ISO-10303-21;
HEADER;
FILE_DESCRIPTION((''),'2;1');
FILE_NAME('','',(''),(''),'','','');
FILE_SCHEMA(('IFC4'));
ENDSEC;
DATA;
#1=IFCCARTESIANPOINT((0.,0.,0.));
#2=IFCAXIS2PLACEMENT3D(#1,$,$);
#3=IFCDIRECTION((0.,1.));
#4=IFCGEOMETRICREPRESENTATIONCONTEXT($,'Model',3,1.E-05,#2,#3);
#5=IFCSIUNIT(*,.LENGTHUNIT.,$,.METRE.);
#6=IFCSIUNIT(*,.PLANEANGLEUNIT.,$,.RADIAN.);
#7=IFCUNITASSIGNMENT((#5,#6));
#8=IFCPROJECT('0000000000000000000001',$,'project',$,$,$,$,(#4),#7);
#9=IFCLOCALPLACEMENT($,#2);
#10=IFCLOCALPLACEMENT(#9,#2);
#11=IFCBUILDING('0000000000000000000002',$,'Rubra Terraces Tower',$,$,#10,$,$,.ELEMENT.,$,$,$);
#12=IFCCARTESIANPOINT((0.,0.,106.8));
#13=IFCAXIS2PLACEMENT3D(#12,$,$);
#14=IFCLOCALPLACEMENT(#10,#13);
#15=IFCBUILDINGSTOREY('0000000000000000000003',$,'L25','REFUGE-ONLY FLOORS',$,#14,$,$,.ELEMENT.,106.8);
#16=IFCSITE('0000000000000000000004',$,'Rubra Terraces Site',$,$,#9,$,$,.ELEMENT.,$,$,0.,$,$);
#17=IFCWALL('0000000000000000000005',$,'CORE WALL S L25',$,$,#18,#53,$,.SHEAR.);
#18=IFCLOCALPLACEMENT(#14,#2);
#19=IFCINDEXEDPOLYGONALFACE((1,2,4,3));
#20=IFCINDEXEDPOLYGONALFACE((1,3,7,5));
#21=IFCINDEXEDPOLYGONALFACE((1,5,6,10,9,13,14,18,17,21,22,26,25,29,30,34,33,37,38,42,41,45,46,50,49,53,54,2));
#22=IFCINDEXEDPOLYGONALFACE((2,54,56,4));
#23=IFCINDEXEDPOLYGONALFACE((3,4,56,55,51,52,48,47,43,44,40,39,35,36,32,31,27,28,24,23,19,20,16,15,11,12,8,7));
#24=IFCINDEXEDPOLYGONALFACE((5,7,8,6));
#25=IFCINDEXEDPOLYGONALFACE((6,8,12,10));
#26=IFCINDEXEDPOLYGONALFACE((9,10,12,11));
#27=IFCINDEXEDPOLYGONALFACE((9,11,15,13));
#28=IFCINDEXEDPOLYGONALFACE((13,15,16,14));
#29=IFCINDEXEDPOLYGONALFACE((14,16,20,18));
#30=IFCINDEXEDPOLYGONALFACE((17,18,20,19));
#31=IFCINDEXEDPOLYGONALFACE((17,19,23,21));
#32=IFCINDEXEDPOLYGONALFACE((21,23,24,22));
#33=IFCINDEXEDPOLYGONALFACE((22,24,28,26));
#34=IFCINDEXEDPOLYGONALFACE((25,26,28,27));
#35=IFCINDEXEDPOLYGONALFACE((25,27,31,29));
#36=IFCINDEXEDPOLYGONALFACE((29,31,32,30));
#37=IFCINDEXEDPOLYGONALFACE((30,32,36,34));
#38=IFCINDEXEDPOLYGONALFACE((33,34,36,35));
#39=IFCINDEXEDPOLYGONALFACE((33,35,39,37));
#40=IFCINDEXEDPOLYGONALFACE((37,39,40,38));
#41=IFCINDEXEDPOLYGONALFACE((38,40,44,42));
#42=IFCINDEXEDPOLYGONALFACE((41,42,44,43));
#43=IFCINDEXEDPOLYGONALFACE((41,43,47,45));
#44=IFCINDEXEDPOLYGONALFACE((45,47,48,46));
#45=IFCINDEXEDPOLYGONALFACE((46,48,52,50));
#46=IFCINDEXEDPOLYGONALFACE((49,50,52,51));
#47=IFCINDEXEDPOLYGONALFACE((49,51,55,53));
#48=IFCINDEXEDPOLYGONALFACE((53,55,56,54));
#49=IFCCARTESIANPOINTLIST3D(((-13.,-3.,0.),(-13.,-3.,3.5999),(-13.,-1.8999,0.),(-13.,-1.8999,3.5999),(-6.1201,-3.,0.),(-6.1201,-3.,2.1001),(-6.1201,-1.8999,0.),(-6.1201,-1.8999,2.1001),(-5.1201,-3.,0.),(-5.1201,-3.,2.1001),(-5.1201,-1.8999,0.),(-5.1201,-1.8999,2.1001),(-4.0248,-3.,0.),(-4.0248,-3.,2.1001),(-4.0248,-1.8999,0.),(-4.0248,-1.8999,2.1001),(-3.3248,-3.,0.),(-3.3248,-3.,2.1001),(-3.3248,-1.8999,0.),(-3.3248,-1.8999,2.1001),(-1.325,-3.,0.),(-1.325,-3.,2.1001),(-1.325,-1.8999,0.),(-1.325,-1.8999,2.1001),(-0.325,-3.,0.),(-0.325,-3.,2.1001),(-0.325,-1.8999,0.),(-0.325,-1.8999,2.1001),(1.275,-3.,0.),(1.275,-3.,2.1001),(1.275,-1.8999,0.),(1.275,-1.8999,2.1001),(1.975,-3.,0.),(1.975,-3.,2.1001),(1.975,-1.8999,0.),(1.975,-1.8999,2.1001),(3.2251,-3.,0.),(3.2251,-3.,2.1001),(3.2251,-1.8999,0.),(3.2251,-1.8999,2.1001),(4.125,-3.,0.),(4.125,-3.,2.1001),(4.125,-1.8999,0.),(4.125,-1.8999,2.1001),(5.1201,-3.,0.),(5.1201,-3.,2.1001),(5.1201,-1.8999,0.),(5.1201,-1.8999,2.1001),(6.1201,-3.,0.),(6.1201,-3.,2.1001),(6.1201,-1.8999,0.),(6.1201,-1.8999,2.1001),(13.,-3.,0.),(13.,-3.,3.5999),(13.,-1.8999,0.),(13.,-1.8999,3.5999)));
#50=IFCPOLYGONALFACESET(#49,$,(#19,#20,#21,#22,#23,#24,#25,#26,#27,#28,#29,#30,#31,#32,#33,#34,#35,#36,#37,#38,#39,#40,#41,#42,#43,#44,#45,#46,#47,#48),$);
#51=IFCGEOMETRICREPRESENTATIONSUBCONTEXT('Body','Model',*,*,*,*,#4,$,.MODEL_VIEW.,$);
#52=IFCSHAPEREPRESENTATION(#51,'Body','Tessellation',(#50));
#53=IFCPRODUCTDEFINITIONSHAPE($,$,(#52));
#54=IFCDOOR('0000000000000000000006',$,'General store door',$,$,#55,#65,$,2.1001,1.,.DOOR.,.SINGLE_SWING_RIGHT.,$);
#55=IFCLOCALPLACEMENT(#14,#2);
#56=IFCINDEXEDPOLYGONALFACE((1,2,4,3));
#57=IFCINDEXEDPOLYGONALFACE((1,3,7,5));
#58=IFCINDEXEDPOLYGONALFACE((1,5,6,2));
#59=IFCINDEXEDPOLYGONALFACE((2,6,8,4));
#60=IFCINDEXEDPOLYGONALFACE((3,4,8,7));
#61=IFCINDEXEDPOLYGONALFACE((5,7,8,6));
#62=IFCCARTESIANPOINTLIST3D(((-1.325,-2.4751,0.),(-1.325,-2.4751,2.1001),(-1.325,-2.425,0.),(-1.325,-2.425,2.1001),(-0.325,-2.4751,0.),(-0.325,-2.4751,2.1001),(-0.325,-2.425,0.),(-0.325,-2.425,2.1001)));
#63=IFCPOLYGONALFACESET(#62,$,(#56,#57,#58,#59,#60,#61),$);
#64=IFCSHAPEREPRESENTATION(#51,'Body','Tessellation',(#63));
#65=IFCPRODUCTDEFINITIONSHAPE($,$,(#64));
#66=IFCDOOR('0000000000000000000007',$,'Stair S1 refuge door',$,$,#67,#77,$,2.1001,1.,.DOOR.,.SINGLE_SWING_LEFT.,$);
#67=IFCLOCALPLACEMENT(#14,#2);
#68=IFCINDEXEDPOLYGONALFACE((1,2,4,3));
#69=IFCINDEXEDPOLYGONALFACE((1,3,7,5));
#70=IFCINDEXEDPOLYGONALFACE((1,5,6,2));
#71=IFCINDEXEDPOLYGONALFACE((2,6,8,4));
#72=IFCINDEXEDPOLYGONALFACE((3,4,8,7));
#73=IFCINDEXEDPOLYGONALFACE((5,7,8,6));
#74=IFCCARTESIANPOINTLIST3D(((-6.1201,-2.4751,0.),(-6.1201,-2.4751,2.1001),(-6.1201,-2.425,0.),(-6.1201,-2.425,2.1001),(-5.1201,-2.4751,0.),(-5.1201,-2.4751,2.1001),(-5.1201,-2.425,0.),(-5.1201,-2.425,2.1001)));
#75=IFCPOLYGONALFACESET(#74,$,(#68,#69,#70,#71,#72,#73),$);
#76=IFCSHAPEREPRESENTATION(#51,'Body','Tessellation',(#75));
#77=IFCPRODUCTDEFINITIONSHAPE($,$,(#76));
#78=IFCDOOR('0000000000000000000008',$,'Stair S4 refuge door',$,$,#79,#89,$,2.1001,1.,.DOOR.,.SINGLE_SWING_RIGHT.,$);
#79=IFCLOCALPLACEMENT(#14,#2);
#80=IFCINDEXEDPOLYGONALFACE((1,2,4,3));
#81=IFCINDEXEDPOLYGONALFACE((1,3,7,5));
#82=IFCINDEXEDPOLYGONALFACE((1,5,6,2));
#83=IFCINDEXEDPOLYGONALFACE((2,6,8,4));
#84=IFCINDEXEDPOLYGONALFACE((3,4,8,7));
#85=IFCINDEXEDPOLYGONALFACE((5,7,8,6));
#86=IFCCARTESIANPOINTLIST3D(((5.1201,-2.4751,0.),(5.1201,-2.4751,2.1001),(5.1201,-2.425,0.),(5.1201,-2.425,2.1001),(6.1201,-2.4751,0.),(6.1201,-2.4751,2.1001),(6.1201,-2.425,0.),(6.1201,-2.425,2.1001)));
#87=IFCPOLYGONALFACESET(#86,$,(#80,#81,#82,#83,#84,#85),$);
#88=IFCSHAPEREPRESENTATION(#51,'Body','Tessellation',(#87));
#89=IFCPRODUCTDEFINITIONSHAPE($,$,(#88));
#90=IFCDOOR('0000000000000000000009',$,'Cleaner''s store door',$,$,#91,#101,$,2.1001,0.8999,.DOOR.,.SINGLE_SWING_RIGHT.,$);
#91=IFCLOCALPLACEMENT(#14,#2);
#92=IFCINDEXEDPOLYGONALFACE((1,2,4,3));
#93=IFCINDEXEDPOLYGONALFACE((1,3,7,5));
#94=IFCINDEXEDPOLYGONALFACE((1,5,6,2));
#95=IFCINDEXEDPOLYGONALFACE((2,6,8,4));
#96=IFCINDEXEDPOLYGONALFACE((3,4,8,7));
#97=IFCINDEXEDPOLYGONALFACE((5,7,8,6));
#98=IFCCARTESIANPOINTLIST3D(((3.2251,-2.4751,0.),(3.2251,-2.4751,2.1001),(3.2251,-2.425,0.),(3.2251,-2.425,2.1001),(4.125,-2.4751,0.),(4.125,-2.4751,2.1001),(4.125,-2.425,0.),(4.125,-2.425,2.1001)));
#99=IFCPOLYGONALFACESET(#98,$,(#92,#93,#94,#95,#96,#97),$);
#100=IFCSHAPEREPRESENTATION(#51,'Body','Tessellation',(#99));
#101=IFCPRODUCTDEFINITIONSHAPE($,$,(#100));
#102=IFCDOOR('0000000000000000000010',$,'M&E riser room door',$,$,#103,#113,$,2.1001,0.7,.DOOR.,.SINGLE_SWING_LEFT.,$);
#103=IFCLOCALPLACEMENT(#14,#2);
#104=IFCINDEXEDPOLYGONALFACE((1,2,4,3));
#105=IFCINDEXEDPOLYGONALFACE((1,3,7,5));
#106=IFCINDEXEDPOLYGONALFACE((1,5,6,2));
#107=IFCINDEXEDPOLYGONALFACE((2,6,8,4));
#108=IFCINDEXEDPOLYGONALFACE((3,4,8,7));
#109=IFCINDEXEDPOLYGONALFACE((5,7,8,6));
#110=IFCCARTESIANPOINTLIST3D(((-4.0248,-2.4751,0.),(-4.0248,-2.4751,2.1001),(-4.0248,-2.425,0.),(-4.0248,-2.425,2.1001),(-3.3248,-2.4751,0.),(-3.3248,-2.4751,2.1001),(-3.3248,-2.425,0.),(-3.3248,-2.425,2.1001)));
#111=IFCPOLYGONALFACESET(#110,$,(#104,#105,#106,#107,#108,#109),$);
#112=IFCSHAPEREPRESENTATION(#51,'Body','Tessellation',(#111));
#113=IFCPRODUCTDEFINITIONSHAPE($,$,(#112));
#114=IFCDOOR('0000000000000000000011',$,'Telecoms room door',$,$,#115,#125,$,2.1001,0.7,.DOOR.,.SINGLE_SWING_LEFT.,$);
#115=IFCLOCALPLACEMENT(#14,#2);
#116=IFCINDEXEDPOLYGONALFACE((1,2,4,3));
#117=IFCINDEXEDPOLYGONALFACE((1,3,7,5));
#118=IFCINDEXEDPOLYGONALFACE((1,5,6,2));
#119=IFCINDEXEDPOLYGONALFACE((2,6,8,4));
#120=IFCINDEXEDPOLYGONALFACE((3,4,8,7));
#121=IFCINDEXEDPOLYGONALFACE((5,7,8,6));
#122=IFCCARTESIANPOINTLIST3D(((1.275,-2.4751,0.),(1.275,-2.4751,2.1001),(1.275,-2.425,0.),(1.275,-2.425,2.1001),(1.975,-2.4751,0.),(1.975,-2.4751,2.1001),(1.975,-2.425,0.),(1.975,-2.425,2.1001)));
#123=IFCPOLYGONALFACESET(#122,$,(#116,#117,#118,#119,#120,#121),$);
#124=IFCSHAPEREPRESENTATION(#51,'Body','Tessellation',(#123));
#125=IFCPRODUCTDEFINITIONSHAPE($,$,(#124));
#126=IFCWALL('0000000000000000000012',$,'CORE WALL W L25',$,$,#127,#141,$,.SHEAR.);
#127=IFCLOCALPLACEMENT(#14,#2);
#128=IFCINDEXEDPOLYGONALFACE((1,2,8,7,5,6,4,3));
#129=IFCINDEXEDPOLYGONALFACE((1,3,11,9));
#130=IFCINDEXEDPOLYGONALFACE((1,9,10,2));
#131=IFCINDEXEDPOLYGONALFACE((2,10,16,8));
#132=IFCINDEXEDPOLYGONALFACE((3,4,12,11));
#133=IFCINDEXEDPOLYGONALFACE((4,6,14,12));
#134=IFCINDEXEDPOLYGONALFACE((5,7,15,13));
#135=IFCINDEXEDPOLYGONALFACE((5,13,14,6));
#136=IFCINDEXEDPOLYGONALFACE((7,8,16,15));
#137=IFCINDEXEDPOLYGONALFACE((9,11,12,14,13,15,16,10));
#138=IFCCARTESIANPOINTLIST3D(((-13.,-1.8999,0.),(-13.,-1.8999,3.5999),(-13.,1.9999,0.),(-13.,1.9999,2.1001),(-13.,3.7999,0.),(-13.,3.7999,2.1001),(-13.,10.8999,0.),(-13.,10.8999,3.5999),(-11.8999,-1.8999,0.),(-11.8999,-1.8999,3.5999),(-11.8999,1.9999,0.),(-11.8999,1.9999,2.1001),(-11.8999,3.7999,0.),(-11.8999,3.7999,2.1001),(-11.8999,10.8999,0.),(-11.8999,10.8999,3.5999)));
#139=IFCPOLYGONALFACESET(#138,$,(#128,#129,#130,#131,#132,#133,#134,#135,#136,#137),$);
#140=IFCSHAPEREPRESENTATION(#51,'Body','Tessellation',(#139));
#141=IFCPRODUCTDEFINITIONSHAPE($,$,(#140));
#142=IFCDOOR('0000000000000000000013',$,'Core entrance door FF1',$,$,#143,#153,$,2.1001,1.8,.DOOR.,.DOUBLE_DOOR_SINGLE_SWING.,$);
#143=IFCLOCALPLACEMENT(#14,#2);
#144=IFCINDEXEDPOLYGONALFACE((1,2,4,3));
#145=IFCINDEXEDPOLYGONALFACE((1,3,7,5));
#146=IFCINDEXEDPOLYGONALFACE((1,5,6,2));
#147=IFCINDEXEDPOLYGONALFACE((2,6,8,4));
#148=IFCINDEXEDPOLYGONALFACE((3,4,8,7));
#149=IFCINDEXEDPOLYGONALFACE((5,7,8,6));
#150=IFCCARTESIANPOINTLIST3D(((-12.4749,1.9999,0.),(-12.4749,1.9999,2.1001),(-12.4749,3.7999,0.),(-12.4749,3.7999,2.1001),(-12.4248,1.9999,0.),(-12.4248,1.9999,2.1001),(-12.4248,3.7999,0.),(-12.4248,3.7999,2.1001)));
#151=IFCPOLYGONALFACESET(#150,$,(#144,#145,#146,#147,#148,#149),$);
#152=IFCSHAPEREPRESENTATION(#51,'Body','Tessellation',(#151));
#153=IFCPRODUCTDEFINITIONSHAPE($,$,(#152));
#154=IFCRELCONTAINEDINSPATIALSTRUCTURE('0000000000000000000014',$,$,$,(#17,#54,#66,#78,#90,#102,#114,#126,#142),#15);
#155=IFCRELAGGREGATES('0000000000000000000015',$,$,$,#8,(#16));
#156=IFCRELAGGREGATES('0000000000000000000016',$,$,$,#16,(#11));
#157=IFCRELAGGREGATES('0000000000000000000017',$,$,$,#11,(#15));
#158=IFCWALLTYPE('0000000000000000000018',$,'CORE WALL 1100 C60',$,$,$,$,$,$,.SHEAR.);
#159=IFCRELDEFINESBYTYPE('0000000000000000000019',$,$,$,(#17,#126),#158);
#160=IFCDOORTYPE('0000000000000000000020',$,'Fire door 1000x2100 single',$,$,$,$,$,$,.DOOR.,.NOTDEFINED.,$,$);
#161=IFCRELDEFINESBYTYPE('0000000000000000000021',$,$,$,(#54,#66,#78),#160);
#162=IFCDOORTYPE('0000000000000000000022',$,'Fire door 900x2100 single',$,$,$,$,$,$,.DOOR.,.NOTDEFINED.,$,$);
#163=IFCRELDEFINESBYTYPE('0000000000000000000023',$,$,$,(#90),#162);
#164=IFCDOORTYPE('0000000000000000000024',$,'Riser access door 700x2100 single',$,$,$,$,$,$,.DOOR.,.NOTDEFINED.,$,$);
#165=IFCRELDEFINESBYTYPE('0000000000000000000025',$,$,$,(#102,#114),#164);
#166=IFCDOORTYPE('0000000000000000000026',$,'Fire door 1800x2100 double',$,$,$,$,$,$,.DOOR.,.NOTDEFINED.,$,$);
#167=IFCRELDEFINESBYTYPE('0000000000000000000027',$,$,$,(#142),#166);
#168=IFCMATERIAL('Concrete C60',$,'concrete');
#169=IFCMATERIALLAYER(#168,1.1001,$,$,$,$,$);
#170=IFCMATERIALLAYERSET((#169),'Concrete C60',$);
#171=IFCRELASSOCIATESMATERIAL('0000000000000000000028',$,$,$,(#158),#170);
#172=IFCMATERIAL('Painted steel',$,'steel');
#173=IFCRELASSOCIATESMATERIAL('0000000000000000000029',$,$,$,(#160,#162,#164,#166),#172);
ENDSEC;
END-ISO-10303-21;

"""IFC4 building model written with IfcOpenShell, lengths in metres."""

from ifc_helpers import new_model, si_unit, direction, frame, frame_2d, origin, place, context, subcontext, project, spatial, rectangle, extrude, material, layer, layer_set, type_object, element, fill, save


model = new_model("IFC4")

# Units and contexts
model_context = context("Model", 3, precision=1e-05, world=origin(), true_north=direction((0.0, 1.0)))
body_context = subcontext(model_context, "Body", "Model", "MODEL_VIEW")
ifc_project = project(units=[si_unit("LENGTHUNIT", "METRE"), si_unit("PLANEANGLEUNIT", "RADIAN")], contexts=[model_context])

# Site, building, storey
site_placement = place(None, origin())
site = spatial("IfcSite", under=ifc_project, at=site_placement, Name="Rubra Terraces Site", CompositionType="ELEMENT", RefElevation=0.0)
building_placement = place(site_placement, origin())
building = spatial("IfcBuilding", under=site, at=building_placement, Name="Rubra Terraces Tower", CompositionType="ELEMENT")
storey_placement = place(building_placement, frame((0.0, 0.0, 106.8)))
storey = spatial("IfcBuildingStorey", under=building, at=storey_placement, Name="L25", Description="REFUGE-ONLY FLOORS", CompositionType="ELEMENT", Elevation=106.8)

# Wall, openings, doors
ifc_material_1 = material(Name="Concrete C60", Category="concrete")
ifc_layer_1 = layer(ifc_material_1, 1.1001)
ifc_layer_set_1 = layer_set([ifc_layer_1], Name="Concrete C60")
wall_type_1 = type_object("IfcWallType", Name="CORE WALL 1100 C60", PredefinedType="SHEAR", material=ifc_layer_set_1)
wall_1_placement = place(storey_placement, frame((-13.0, -2.45, 0.0), z_axis=(0.0, 0.0, 1.0), x_axis=(1.0, 0.0, 0.0)))
wall_1 = element("IfcWall", 1, at=wall_1_placement, inside=storey, type_object=wall_type_1, Name="CORE WALL S L25", PredefinedType="SHEAR", context=body_context, shape_type="SweptSolid", body=[
    extrude(rectangle(XDim=26.0, YDim=1.1001, at=frame_2d((13.0, 0.0))), origin(), (0.0, 0.0, 1.0), 3.5999),
])
opening_1_placement = place(wall_1_placement, frame((8.9751, 0.0, 0.0)))
opening_1 = element("IfcOpeningElement", 2, at=opening_1_placement, cuts=wall_1, PredefinedType="OPENING", context=body_context, shape_type="SweptSolid", body=[
    extrude(rectangle(XDim=0.7, YDim=2.1001, at=frame_2d((0.3501, 1.05))), frame((0.0, 0.5601, 0.0), z_axis=(0.0, -1.0, 0.0), x_axis=(1.0, 0.0, 0.0)), (0.0, 0.0, 1.0), 1.1201),
])
opening_2_placement = place(wall_1_placement, frame((11.675, 0.0, 0.0)))
opening_2 = element("IfcOpeningElement", 3, at=opening_2_placement, cuts=wall_1, PredefinedType="OPENING", context=body_context, shape_type="SweptSolid", body=[
    extrude(rectangle(XDim=1.0, YDim=2.1001, at=frame_2d((0.5, 1.05))), frame((0.0, 0.5601, 0.0), z_axis=(0.0, -1.0, 0.0), x_axis=(1.0, 0.0, 0.0)), (0.0, 0.0, 1.0), 1.1201),
])
opening_3_placement = place(wall_1_placement, frame((14.2749, 0.0, 0.0)))
opening_3 = element("IfcOpeningElement", 4, at=opening_3_placement, cuts=wall_1, PredefinedType="OPENING", context=body_context, shape_type="SweptSolid", body=[
    extrude(rectangle(XDim=0.7, YDim=2.1001, at=frame_2d((0.3501, 1.05))), frame((0.0, 0.5601, 0.0), z_axis=(0.0, -1.0, 0.0), x_axis=(1.0, 0.0, 0.0)), (0.0, 0.0, 1.0), 1.1201),
])
opening_4_placement = place(wall_1_placement, frame((16.2251, 0.0, 0.0)))
opening_4 = element("IfcOpeningElement", 5, at=opening_4_placement, cuts=wall_1, PredefinedType="OPENING", context=body_context, shape_type="SweptSolid", body=[
    extrude(rectangle(XDim=0.8999, YDim=2.1001, at=frame_2d((0.45, 1.05))), frame((0.0, 0.5601, 0.0), z_axis=(0.0, -1.0, 0.0), x_axis=(1.0, 0.0, 0.0)), (0.0, 0.0, 1.0), 1.1201),
])
opening_5_placement = place(wall_1_placement, frame((6.8799, 0.0, 0.0)))
opening_5 = element("IfcOpeningElement", 6, at=opening_5_placement, cuts=wall_1, PredefinedType="OPENING", context=body_context, shape_type="SweptSolid", body=[
    extrude(rectangle(XDim=1.0, YDim=2.1001, at=frame_2d((0.5, 1.05))), frame((0.0, 0.5601, 0.0), z_axis=(0.0, -1.0, 0.0), x_axis=(1.0, 0.0, 0.0)), (0.0, 0.0, 1.0), 1.1201),
])
opening_6_placement = place(wall_1_placement, frame((18.1201, 0.0, 0.0)))
opening_6 = element("IfcOpeningElement", 7, at=opening_6_placement, cuts=wall_1, PredefinedType="OPENING", context=body_context, shape_type="SweptSolid", body=[
    extrude(rectangle(XDim=1.0, YDim=2.1001, at=frame_2d((0.5, 1.05))), frame((0.0, 0.5601, 0.0), z_axis=(0.0, -1.0, 0.0), x_axis=(1.0, 0.0, 0.0)), (0.0, 0.0, 1.0), 1.1201),
])
ifc_material_2 = material(Name="Painted steel", Category="steel")
door_type_1 = type_object("IfcDoorType", Name="Fire door 1000x2100 single", OperationType="NOTDEFINED", PredefinedType="DOOR", material=ifc_material_2)
door_1_placement = place(opening_2_placement, origin())
door_1 = element("IfcDoor", 8, at=door_1_placement, inside=storey, type_object=door_type_1, Name="General store door", OperationType="SINGLE_SWING_RIGHT", OverallHeight=2.1001, OverallWidth=1.0, PredefinedType="DOOR", context=body_context, shape_type="SweptSolid", body=[
    extrude(rectangle(XDim=1.0, YDim=2.1001, at=frame_2d((0.5, 1.05))), frame((0.0, 0.0249, 0.0), z_axis=(0.0, -1.0, 0.0), x_axis=(1.0, 0.0, 0.0)), (0.0, 0.0, 1.0), 0.05),
])
fill(opening_2, door_1)
door_2_placement = place(opening_5_placement, origin())
door_2 = element("IfcDoor", 9, at=door_2_placement, inside=storey, type_object=door_type_1, Name="Stair S1 refuge door", OperationType="SINGLE_SWING_LEFT", OverallHeight=2.1001, OverallWidth=1.0, PredefinedType="DOOR", context=body_context, shape_type="SweptSolid", body=[
    extrude(rectangle(XDim=1.0, YDim=2.1001, at=frame_2d((0.5, 1.05))), frame((0.0, 0.0249, 0.0), z_axis=(0.0, -1.0, 0.0), x_axis=(1.0, 0.0, 0.0)), (0.0, 0.0, 1.0), 0.05),
])
fill(opening_5, door_2)
door_3_placement = place(opening_6_placement, origin())
door_3 = element("IfcDoor", 10, at=door_3_placement, inside=storey, type_object=door_type_1, Name="Stair S4 refuge door", OperationType="SINGLE_SWING_RIGHT", OverallHeight=2.1001, OverallWidth=1.0, PredefinedType="DOOR", context=body_context, shape_type="SweptSolid", body=[
    extrude(rectangle(XDim=1.0, YDim=2.1001, at=frame_2d((0.5, 1.05))), frame((0.0, 0.0249, 0.0), z_axis=(0.0, -1.0, 0.0), x_axis=(1.0, 0.0, 0.0)), (0.0, 0.0, 1.0), 0.05),
])
fill(opening_6, door_3)
door_type_2 = type_object("IfcDoorType", Name="Fire door 900x2100 single", OperationType="NOTDEFINED", PredefinedType="DOOR", material=ifc_material_2)
door_4_placement = place(opening_4_placement, origin())
door_4 = element("IfcDoor", 11, at=door_4_placement, inside=storey, type_object=door_type_2, Name="Cleaner's store door", OperationType="SINGLE_SWING_RIGHT", OverallHeight=2.1001, OverallWidth=0.8999, PredefinedType="DOOR", context=body_context, shape_type="SweptSolid", body=[
    extrude(rectangle(XDim=0.8999, YDim=2.1001, at=frame_2d((0.45, 1.05))), frame((0.0, 0.0249, 0.0), z_axis=(0.0, -1.0, 0.0), x_axis=(1.0, 0.0, 0.0)), (0.0, 0.0, 1.0), 0.05),
])
fill(opening_4, door_4)
door_type_3 = type_object("IfcDoorType", Name="Riser access door 700x2100 single", OperationType="NOTDEFINED", PredefinedType="DOOR", material=ifc_material_2)
door_5_placement = place(opening_1_placement, origin())
door_5 = element("IfcDoor", 12, at=door_5_placement, inside=storey, type_object=door_type_3, Name="M&E riser room door", OperationType="SINGLE_SWING_LEFT", OverallHeight=2.1001, OverallWidth=0.7, PredefinedType="DOOR", context=body_context, shape_type="SweptSolid", body=[
    extrude(rectangle(XDim=0.7, YDim=2.1001, at=frame_2d((0.3501, 1.05))), frame((0.0, 0.0249, 0.0), z_axis=(0.0, -1.0, 0.0), x_axis=(1.0, 0.0, 0.0)), (0.0, 0.0, 1.0), 0.05),
])
fill(opening_1, door_5)
door_6_placement = place(opening_3_placement, origin())
door_6 = element("IfcDoor", 13, at=door_6_placement, inside=storey, type_object=door_type_3, Name="Telecoms room door", OperationType="SINGLE_SWING_LEFT", OverallHeight=2.1001, OverallWidth=0.7, PredefinedType="DOOR", context=body_context, shape_type="SweptSolid", body=[
    extrude(rectangle(XDim=0.7, YDim=2.1001, at=frame_2d((0.3501, 1.05))), frame((0.0, 0.0249, 0.0), z_axis=(0.0, -1.0, 0.0), x_axis=(1.0, 0.0, 0.0)), (0.0, 0.0, 1.0), 0.05),
])
fill(opening_3, door_6)

# Wall, opening, door
wall_2_placement = place(storey_placement, frame((-12.45, -1.8999, 0.0), z_axis=(0.0, 0.0, 1.0), x_axis=(0.0, 1.0, 0.0)))
wall_2 = element("IfcWall", 14, at=wall_2_placement, inside=storey, type_object=wall_type_1, Name="CORE WALL W L25", PredefinedType="SHEAR", context=body_context, shape_type="SweptSolid", body=[
    extrude(rectangle(XDim=12.7998, YDim=1.1001, at=frame_2d((6.3999, 0.0))), origin(), (0.0, 0.0, 1.0), 3.5999),
])
opening_7_placement = place(wall_2_placement, frame((3.8999, 0.0, 0.0)))
opening_7 = element("IfcOpeningElement", 15, at=opening_7_placement, cuts=wall_2, PredefinedType="OPENING", context=body_context, shape_type="SweptSolid", body=[
    extrude(rectangle(XDim=1.8, YDim=2.1001, at=frame_2d((0.8999, 1.05))), frame((0.0, 0.5601, 0.0), z_axis=(0.0, -1.0, 0.0), x_axis=(1.0, 0.0, 0.0)), (0.0, 0.0, 1.0), 1.1201),
])
door_type_4 = type_object("IfcDoorType", Name="Fire door 1800x2100 double", OperationType="NOTDEFINED", PredefinedType="DOOR", material=ifc_material_2)
door_7_placement = place(opening_7_placement, origin())
door_7 = element("IfcDoor", 16, at=door_7_placement, inside=storey, type_object=door_type_4, Name="Core entrance door FF1", OperationType="DOUBLE_DOOR_SINGLE_SWING", OverallHeight=2.1001, OverallWidth=1.8, PredefinedType="DOOR", context=body_context, shape_type="SweptSolid", body=[
    extrude(rectangle(XDim=1.8, YDim=2.1001, at=frame_2d((0.8999, 1.05))), frame((0.0, 0.0249, 0.0), z_axis=(0.0, -1.0, 0.0), x_axis=(1.0, 0.0, 0.0)), (0.0, 0.0, 1.0), 0.05),
])
fill(opening_7, door_7)

save(model, "model.ifc")
